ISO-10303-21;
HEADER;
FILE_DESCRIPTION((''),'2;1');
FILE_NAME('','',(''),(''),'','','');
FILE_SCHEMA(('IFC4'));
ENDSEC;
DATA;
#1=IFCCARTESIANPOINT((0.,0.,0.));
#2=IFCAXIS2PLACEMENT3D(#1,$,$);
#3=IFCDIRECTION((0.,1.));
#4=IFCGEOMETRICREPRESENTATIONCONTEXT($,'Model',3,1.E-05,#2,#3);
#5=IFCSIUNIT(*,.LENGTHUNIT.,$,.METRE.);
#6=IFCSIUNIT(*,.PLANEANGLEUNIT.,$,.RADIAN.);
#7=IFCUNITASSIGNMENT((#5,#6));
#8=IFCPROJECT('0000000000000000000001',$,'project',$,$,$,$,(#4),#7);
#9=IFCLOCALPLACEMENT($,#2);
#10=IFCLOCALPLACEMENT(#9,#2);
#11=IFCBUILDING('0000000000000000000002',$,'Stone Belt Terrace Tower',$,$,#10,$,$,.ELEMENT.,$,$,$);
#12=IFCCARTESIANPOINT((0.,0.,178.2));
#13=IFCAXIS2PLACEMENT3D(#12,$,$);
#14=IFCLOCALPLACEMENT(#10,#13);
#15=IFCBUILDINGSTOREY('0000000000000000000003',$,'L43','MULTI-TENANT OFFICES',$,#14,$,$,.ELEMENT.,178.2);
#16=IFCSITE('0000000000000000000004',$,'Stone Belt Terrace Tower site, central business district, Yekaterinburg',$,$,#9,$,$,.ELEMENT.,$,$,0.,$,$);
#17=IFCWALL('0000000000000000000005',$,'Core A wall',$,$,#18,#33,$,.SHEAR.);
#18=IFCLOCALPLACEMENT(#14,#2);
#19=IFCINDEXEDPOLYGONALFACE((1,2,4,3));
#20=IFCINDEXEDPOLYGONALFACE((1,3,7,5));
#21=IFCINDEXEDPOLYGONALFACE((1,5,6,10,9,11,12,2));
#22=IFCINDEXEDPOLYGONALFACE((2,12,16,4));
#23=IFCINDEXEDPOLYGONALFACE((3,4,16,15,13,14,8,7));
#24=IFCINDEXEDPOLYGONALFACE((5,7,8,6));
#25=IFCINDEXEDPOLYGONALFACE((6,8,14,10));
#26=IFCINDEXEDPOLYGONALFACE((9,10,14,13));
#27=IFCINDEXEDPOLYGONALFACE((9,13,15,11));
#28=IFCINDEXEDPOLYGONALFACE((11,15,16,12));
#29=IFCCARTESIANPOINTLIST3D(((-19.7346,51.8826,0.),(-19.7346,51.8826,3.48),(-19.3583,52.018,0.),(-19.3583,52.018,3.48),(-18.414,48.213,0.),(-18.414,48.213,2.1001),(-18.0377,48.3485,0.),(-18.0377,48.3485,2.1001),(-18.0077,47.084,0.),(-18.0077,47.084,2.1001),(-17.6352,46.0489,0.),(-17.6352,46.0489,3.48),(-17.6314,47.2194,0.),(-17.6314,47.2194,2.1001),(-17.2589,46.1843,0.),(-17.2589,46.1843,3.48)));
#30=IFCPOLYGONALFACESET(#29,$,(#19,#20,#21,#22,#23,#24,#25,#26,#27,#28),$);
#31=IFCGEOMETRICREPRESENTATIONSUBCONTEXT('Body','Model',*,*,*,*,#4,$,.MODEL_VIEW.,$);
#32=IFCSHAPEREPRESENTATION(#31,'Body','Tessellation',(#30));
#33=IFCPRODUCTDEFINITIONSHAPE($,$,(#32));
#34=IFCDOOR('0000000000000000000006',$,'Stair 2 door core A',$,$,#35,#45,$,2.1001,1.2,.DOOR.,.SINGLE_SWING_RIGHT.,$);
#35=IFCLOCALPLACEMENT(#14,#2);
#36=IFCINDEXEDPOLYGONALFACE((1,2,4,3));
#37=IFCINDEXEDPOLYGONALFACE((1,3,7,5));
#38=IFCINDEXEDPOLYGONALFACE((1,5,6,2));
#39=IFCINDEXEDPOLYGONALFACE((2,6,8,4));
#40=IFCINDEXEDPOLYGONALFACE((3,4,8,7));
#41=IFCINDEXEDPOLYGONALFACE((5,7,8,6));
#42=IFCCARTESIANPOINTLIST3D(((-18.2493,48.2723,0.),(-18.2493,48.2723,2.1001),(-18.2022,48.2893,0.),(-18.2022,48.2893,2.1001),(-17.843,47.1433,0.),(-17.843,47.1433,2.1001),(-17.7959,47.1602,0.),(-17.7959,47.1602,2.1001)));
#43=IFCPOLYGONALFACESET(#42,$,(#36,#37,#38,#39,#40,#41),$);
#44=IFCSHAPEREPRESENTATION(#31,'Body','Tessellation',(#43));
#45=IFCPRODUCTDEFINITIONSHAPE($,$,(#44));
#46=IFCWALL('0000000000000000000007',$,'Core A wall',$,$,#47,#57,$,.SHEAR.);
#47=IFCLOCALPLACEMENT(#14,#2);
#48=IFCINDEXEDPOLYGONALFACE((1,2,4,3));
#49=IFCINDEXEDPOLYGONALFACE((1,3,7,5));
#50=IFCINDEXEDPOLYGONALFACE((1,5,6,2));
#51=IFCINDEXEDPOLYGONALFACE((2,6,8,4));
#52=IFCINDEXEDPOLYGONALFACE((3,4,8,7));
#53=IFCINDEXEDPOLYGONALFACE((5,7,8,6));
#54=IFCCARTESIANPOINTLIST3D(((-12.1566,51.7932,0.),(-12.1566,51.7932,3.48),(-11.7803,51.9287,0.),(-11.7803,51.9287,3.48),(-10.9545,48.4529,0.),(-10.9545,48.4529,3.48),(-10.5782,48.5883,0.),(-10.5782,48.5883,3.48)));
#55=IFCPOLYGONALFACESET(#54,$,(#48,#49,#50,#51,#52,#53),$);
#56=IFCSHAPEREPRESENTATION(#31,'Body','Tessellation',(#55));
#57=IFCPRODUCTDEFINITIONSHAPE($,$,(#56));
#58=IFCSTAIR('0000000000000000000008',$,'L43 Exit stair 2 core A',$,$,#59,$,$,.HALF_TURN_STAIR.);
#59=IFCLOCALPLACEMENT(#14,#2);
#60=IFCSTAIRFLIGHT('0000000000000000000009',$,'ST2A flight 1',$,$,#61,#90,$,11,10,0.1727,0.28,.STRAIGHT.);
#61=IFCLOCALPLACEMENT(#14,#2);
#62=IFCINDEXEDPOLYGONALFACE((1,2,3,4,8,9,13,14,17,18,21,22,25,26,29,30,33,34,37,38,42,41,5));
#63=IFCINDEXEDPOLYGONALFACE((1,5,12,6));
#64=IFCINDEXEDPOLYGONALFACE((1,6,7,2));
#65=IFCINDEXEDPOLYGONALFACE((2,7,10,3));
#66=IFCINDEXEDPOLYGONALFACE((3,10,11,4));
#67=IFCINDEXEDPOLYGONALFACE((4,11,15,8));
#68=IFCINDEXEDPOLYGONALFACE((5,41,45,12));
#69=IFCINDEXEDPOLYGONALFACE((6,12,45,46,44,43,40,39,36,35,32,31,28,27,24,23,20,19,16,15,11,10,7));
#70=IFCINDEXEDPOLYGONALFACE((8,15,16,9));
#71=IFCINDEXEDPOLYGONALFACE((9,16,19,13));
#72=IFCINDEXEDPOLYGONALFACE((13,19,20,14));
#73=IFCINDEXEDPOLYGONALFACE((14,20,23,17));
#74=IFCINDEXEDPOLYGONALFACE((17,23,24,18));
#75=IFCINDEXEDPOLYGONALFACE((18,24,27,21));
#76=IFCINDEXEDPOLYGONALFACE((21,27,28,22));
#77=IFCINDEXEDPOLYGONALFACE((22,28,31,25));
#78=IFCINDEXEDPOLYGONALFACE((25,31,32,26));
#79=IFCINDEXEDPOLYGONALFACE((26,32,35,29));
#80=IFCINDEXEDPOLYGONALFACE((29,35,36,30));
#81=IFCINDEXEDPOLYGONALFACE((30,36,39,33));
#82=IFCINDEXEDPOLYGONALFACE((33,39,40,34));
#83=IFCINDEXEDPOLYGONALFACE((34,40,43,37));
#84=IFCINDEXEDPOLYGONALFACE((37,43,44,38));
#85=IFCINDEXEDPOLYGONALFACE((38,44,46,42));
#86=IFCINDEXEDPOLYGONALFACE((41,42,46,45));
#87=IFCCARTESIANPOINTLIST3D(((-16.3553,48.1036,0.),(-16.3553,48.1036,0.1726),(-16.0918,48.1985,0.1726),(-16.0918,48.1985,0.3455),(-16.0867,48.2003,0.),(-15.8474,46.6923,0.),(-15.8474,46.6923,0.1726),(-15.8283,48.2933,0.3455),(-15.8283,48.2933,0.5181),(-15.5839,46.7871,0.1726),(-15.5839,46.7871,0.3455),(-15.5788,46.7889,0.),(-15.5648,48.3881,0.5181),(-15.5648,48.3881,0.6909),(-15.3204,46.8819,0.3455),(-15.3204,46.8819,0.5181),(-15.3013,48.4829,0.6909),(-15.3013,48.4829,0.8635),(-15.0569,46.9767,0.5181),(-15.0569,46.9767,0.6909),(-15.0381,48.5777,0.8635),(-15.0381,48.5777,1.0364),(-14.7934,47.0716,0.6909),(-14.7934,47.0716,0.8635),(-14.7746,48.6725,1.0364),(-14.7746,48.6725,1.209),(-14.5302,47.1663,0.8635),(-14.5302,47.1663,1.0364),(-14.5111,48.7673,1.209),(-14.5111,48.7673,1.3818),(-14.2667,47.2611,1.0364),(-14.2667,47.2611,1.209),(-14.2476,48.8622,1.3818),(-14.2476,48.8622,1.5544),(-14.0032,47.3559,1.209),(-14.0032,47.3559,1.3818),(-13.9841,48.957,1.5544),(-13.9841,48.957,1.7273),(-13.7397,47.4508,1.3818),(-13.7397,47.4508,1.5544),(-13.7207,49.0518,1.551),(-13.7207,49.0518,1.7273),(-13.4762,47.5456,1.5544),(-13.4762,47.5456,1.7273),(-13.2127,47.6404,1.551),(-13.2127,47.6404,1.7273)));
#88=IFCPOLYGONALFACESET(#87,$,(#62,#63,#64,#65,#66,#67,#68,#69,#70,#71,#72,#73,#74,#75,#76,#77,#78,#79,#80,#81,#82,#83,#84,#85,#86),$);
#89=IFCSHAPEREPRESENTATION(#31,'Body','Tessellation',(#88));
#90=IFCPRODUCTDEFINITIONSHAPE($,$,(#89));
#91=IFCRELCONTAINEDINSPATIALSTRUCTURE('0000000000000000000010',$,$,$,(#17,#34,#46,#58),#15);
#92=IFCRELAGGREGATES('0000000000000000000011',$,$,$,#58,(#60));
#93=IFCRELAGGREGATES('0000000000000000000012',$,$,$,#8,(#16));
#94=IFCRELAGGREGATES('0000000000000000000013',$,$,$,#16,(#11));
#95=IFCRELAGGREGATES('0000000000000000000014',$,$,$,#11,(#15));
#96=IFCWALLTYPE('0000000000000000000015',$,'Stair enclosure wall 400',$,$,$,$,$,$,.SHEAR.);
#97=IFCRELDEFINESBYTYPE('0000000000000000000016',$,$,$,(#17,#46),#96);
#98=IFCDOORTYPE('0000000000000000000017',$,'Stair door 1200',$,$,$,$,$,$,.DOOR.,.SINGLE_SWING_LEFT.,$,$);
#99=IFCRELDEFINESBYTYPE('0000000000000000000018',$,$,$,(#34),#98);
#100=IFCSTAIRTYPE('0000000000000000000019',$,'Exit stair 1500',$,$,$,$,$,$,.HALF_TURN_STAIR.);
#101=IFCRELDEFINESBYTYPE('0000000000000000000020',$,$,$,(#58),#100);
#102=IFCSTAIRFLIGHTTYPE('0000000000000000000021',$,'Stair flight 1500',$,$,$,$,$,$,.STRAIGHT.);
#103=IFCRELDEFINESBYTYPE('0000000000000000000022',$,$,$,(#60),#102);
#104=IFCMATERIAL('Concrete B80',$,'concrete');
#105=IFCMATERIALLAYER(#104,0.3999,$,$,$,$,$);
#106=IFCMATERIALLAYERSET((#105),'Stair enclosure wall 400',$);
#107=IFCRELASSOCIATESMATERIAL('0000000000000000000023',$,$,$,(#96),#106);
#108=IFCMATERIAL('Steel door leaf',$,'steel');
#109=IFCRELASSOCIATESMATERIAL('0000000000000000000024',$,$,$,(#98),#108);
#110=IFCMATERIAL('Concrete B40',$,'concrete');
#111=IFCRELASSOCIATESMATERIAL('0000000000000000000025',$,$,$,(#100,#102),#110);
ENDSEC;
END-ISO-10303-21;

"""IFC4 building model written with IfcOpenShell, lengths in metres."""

from ifc_helpers import new_model, si_unit, direction, frame, frame_2d, origin, place, context, subcontext, project, spatial, polyline, rectangle, outline, extrude, material, layer, layer_set, type_object, element, fill, aggregate, save


model = new_model("IFC4")

# Units and contexts
model_context = context("Model", 3, precision=1e-05, world=origin(), true_north=direction((0.0, 1.0)))
body_context = subcontext(model_context, "Body", "Model", "MODEL_VIEW")
ifc_project = project(units=[si_unit("LENGTHUNIT", "METRE"), si_unit("PLANEANGLEUNIT", "RADIAN")], contexts=[model_context])

# Site, building, storey
site_placement = place(None, origin())
site = spatial("IfcSite", under=ifc_project, at=site_placement, Name="Stone Belt Terrace Tower site, central business district, Yekaterinburg", CompositionType="ELEMENT", RefElevation=0.0)
building_placement = place(site_placement, origin())
building = spatial("IfcBuilding", under=site, at=building_placement, Name="Stone Belt Terrace Tower", CompositionType="ELEMENT")
storey_placement = place(building_placement, frame((0.0, 0.0, 178.2)))
storey = spatial("IfcBuildingStorey", under=building, at=storey_placement, Name="L43", Description="MULTI-TENANT OFFICES", CompositionType="ELEMENT", Elevation=178.2)

# Shared definitions
ifc_material_1 = material(Name="Concrete B80", Category="concrete")

# Wall, opening, door
ifc_layer_1 = layer(ifc_material_1, 0.3999)
ifc_layer_set_1 = layer_set([ifc_layer_1], Name="Stair enclosure wall 400")
wall_type_1 = type_object("IfcWallType", Name="Stair enclosure wall 400", PredefinedType="SHEAR", material=ifc_layer_set_1)
wall_1_placement = place(storey_placement, frame((-17.447, 46.1165, 0.0), z_axis=(0.0, 0.0, 1.0), x_axis=(-0.338608, 0.940928, 0.0)))
wall_1 = element("IfcWall", 1, at=wall_1_placement, inside=storey, type_object=wall_type_1, Name="Core A wall", PredefinedType="SHEAR", context=body_context, shape_type="SweptSolid", body=[
    extrude(rectangle(XDim=6.2, YDim=0.3999, at=frame_2d((3.1001, 0.0))), origin(), (0.0, 0.0, 1.0), 3.48),
])
opening_1_placement = place(wall_1_placement, frame((1.1001, 0.0, 0.0)))
opening_1 = element("IfcOpeningElement", 2, at=opening_1_placement, cuts=wall_1, PredefinedType="OPENING", context=body_context, shape_type="SweptSolid", body=[
    extrude(rectangle(XDim=1.2, YDim=2.1001, at=frame_2d((0.6001, 1.05))), frame((0.0, 0.21, 0.0), z_axis=(0.0, -1.0, 0.0), x_axis=(1.0, 0.0, 0.0)), (0.0, 0.0, 1.0), 0.4199),
])
ifc_material_2 = material(Name="Steel door leaf", Category="steel")
door_type_1 = type_object("IfcDoorType", Name="Stair door 1200", OperationType="SINGLE_SWING_LEFT", PredefinedType="DOOR", material=ifc_material_2)
door_1_placement = place(opening_1_placement, origin())
door_1 = element("IfcDoor", 3, at=door_1_placement, inside=storey, type_object=door_type_1, Name="Stair 2 door core A", OperationType="SINGLE_SWING_RIGHT", OverallHeight=2.1001, OverallWidth=1.2, PredefinedType="DOOR", context=body_context, shape_type="SweptSolid", body=[
    extrude(rectangle(XDim=1.2, YDim=2.1001, at=frame_2d((0.6001, 1.05))), frame((0.0, 0.0249, 0.0), z_axis=(0.0, -1.0, 0.0), x_axis=(1.0, 0.0, 0.0)), (0.0, 0.0, 1.0), 0.05),
])
fill(opening_1, door_1)

# Wall
wall_2_placement = place(storey_placement, frame((-10.7664, 48.5208, 0.0), z_axis=(0.0, 0.0, 1.0), x_axis=(-0.338627, 0.940921, 0.0)))
element("IfcWall", 4, at=wall_2_placement, inside=storey, type_object=wall_type_1, Name="Core A wall", PredefinedType="SHEAR", context=body_context, shape_type="SweptSolid", body=[
    extrude(rectangle(XDim=3.55, YDim=0.3999, at=frame_2d((1.7749, 0.0))), origin(), (0.0, 0.0, 1.0), 3.48),
])

# Stair, stair flight
ifc_material_3 = material(Name="Concrete B40", Category="concrete")
stair_type = type_object("IfcStairType", Name="Exit stair 1500", PredefinedType="HALF_TURN_STAIR", material=ifc_material_3)
stair_placement = place(storey_placement, origin())
stair = element("IfcStair", 5, at=stair_placement, inside=storey, type_object=stair_type, Name="L43 Exit stair 2 core A", PredefinedType="HALF_TURN_STAIR")
stair_flight_type = type_object("IfcStairFlightType", Name="Stair flight 1500", PredefinedType="STRAIGHT", material=ifc_material_3)
stair_flight_placement = place(storey_placement, frame((-16.1013, 47.3979, 0.0), z_axis=(0.0, 0.0, 1.0), x_axis=(0.940922, 0.338624, 0.0)))
stair_flight = element("IfcStairFlight", 6, at=stair_flight_placement, type_object=stair_flight_type, Name="ST2A flight 1", NumberOfRisers=11, NumberOfTreads=10, PredefinedType="STRAIGHT", RiserHeight=0.1727, TreadLength=0.28, context=body_context, shape_type="SweptSolid", body=[
    extrude(outline(polyline([(0.0, 0.0), (0.0, 0.1726), (0.28, 0.1726), (0.28, 0.3455), (0.5601, 0.3455), (0.5601, 0.5181), (0.8401, 0.5181), (0.8401, 0.6909), (1.1201, 0.6909), (1.1201, 0.8635), (1.3999, 0.8635), (1.3999, 1.0364), (1.6799, 1.0364), (1.6799, 1.209), (1.96, 1.209), (1.96, 1.3818), (2.24, 1.3818), (2.24, 1.5544), (2.52, 1.5544), (2.52, 1.7273), (2.8, 1.7273), (2.8, 1.8999), (2.8, 1.551), (0.2854, 0.0), (0.0, 0.0)])), frame((0.0, 0.75, 0.0), z_axis=(0.0, -1.0, 0.0), x_axis=(1.0, 0.0, 0.0)), (0.0, 0.0, 1.0), 1.5),
])
aggregate(stair, [stair_flight])

save(model, "model.ifc")
